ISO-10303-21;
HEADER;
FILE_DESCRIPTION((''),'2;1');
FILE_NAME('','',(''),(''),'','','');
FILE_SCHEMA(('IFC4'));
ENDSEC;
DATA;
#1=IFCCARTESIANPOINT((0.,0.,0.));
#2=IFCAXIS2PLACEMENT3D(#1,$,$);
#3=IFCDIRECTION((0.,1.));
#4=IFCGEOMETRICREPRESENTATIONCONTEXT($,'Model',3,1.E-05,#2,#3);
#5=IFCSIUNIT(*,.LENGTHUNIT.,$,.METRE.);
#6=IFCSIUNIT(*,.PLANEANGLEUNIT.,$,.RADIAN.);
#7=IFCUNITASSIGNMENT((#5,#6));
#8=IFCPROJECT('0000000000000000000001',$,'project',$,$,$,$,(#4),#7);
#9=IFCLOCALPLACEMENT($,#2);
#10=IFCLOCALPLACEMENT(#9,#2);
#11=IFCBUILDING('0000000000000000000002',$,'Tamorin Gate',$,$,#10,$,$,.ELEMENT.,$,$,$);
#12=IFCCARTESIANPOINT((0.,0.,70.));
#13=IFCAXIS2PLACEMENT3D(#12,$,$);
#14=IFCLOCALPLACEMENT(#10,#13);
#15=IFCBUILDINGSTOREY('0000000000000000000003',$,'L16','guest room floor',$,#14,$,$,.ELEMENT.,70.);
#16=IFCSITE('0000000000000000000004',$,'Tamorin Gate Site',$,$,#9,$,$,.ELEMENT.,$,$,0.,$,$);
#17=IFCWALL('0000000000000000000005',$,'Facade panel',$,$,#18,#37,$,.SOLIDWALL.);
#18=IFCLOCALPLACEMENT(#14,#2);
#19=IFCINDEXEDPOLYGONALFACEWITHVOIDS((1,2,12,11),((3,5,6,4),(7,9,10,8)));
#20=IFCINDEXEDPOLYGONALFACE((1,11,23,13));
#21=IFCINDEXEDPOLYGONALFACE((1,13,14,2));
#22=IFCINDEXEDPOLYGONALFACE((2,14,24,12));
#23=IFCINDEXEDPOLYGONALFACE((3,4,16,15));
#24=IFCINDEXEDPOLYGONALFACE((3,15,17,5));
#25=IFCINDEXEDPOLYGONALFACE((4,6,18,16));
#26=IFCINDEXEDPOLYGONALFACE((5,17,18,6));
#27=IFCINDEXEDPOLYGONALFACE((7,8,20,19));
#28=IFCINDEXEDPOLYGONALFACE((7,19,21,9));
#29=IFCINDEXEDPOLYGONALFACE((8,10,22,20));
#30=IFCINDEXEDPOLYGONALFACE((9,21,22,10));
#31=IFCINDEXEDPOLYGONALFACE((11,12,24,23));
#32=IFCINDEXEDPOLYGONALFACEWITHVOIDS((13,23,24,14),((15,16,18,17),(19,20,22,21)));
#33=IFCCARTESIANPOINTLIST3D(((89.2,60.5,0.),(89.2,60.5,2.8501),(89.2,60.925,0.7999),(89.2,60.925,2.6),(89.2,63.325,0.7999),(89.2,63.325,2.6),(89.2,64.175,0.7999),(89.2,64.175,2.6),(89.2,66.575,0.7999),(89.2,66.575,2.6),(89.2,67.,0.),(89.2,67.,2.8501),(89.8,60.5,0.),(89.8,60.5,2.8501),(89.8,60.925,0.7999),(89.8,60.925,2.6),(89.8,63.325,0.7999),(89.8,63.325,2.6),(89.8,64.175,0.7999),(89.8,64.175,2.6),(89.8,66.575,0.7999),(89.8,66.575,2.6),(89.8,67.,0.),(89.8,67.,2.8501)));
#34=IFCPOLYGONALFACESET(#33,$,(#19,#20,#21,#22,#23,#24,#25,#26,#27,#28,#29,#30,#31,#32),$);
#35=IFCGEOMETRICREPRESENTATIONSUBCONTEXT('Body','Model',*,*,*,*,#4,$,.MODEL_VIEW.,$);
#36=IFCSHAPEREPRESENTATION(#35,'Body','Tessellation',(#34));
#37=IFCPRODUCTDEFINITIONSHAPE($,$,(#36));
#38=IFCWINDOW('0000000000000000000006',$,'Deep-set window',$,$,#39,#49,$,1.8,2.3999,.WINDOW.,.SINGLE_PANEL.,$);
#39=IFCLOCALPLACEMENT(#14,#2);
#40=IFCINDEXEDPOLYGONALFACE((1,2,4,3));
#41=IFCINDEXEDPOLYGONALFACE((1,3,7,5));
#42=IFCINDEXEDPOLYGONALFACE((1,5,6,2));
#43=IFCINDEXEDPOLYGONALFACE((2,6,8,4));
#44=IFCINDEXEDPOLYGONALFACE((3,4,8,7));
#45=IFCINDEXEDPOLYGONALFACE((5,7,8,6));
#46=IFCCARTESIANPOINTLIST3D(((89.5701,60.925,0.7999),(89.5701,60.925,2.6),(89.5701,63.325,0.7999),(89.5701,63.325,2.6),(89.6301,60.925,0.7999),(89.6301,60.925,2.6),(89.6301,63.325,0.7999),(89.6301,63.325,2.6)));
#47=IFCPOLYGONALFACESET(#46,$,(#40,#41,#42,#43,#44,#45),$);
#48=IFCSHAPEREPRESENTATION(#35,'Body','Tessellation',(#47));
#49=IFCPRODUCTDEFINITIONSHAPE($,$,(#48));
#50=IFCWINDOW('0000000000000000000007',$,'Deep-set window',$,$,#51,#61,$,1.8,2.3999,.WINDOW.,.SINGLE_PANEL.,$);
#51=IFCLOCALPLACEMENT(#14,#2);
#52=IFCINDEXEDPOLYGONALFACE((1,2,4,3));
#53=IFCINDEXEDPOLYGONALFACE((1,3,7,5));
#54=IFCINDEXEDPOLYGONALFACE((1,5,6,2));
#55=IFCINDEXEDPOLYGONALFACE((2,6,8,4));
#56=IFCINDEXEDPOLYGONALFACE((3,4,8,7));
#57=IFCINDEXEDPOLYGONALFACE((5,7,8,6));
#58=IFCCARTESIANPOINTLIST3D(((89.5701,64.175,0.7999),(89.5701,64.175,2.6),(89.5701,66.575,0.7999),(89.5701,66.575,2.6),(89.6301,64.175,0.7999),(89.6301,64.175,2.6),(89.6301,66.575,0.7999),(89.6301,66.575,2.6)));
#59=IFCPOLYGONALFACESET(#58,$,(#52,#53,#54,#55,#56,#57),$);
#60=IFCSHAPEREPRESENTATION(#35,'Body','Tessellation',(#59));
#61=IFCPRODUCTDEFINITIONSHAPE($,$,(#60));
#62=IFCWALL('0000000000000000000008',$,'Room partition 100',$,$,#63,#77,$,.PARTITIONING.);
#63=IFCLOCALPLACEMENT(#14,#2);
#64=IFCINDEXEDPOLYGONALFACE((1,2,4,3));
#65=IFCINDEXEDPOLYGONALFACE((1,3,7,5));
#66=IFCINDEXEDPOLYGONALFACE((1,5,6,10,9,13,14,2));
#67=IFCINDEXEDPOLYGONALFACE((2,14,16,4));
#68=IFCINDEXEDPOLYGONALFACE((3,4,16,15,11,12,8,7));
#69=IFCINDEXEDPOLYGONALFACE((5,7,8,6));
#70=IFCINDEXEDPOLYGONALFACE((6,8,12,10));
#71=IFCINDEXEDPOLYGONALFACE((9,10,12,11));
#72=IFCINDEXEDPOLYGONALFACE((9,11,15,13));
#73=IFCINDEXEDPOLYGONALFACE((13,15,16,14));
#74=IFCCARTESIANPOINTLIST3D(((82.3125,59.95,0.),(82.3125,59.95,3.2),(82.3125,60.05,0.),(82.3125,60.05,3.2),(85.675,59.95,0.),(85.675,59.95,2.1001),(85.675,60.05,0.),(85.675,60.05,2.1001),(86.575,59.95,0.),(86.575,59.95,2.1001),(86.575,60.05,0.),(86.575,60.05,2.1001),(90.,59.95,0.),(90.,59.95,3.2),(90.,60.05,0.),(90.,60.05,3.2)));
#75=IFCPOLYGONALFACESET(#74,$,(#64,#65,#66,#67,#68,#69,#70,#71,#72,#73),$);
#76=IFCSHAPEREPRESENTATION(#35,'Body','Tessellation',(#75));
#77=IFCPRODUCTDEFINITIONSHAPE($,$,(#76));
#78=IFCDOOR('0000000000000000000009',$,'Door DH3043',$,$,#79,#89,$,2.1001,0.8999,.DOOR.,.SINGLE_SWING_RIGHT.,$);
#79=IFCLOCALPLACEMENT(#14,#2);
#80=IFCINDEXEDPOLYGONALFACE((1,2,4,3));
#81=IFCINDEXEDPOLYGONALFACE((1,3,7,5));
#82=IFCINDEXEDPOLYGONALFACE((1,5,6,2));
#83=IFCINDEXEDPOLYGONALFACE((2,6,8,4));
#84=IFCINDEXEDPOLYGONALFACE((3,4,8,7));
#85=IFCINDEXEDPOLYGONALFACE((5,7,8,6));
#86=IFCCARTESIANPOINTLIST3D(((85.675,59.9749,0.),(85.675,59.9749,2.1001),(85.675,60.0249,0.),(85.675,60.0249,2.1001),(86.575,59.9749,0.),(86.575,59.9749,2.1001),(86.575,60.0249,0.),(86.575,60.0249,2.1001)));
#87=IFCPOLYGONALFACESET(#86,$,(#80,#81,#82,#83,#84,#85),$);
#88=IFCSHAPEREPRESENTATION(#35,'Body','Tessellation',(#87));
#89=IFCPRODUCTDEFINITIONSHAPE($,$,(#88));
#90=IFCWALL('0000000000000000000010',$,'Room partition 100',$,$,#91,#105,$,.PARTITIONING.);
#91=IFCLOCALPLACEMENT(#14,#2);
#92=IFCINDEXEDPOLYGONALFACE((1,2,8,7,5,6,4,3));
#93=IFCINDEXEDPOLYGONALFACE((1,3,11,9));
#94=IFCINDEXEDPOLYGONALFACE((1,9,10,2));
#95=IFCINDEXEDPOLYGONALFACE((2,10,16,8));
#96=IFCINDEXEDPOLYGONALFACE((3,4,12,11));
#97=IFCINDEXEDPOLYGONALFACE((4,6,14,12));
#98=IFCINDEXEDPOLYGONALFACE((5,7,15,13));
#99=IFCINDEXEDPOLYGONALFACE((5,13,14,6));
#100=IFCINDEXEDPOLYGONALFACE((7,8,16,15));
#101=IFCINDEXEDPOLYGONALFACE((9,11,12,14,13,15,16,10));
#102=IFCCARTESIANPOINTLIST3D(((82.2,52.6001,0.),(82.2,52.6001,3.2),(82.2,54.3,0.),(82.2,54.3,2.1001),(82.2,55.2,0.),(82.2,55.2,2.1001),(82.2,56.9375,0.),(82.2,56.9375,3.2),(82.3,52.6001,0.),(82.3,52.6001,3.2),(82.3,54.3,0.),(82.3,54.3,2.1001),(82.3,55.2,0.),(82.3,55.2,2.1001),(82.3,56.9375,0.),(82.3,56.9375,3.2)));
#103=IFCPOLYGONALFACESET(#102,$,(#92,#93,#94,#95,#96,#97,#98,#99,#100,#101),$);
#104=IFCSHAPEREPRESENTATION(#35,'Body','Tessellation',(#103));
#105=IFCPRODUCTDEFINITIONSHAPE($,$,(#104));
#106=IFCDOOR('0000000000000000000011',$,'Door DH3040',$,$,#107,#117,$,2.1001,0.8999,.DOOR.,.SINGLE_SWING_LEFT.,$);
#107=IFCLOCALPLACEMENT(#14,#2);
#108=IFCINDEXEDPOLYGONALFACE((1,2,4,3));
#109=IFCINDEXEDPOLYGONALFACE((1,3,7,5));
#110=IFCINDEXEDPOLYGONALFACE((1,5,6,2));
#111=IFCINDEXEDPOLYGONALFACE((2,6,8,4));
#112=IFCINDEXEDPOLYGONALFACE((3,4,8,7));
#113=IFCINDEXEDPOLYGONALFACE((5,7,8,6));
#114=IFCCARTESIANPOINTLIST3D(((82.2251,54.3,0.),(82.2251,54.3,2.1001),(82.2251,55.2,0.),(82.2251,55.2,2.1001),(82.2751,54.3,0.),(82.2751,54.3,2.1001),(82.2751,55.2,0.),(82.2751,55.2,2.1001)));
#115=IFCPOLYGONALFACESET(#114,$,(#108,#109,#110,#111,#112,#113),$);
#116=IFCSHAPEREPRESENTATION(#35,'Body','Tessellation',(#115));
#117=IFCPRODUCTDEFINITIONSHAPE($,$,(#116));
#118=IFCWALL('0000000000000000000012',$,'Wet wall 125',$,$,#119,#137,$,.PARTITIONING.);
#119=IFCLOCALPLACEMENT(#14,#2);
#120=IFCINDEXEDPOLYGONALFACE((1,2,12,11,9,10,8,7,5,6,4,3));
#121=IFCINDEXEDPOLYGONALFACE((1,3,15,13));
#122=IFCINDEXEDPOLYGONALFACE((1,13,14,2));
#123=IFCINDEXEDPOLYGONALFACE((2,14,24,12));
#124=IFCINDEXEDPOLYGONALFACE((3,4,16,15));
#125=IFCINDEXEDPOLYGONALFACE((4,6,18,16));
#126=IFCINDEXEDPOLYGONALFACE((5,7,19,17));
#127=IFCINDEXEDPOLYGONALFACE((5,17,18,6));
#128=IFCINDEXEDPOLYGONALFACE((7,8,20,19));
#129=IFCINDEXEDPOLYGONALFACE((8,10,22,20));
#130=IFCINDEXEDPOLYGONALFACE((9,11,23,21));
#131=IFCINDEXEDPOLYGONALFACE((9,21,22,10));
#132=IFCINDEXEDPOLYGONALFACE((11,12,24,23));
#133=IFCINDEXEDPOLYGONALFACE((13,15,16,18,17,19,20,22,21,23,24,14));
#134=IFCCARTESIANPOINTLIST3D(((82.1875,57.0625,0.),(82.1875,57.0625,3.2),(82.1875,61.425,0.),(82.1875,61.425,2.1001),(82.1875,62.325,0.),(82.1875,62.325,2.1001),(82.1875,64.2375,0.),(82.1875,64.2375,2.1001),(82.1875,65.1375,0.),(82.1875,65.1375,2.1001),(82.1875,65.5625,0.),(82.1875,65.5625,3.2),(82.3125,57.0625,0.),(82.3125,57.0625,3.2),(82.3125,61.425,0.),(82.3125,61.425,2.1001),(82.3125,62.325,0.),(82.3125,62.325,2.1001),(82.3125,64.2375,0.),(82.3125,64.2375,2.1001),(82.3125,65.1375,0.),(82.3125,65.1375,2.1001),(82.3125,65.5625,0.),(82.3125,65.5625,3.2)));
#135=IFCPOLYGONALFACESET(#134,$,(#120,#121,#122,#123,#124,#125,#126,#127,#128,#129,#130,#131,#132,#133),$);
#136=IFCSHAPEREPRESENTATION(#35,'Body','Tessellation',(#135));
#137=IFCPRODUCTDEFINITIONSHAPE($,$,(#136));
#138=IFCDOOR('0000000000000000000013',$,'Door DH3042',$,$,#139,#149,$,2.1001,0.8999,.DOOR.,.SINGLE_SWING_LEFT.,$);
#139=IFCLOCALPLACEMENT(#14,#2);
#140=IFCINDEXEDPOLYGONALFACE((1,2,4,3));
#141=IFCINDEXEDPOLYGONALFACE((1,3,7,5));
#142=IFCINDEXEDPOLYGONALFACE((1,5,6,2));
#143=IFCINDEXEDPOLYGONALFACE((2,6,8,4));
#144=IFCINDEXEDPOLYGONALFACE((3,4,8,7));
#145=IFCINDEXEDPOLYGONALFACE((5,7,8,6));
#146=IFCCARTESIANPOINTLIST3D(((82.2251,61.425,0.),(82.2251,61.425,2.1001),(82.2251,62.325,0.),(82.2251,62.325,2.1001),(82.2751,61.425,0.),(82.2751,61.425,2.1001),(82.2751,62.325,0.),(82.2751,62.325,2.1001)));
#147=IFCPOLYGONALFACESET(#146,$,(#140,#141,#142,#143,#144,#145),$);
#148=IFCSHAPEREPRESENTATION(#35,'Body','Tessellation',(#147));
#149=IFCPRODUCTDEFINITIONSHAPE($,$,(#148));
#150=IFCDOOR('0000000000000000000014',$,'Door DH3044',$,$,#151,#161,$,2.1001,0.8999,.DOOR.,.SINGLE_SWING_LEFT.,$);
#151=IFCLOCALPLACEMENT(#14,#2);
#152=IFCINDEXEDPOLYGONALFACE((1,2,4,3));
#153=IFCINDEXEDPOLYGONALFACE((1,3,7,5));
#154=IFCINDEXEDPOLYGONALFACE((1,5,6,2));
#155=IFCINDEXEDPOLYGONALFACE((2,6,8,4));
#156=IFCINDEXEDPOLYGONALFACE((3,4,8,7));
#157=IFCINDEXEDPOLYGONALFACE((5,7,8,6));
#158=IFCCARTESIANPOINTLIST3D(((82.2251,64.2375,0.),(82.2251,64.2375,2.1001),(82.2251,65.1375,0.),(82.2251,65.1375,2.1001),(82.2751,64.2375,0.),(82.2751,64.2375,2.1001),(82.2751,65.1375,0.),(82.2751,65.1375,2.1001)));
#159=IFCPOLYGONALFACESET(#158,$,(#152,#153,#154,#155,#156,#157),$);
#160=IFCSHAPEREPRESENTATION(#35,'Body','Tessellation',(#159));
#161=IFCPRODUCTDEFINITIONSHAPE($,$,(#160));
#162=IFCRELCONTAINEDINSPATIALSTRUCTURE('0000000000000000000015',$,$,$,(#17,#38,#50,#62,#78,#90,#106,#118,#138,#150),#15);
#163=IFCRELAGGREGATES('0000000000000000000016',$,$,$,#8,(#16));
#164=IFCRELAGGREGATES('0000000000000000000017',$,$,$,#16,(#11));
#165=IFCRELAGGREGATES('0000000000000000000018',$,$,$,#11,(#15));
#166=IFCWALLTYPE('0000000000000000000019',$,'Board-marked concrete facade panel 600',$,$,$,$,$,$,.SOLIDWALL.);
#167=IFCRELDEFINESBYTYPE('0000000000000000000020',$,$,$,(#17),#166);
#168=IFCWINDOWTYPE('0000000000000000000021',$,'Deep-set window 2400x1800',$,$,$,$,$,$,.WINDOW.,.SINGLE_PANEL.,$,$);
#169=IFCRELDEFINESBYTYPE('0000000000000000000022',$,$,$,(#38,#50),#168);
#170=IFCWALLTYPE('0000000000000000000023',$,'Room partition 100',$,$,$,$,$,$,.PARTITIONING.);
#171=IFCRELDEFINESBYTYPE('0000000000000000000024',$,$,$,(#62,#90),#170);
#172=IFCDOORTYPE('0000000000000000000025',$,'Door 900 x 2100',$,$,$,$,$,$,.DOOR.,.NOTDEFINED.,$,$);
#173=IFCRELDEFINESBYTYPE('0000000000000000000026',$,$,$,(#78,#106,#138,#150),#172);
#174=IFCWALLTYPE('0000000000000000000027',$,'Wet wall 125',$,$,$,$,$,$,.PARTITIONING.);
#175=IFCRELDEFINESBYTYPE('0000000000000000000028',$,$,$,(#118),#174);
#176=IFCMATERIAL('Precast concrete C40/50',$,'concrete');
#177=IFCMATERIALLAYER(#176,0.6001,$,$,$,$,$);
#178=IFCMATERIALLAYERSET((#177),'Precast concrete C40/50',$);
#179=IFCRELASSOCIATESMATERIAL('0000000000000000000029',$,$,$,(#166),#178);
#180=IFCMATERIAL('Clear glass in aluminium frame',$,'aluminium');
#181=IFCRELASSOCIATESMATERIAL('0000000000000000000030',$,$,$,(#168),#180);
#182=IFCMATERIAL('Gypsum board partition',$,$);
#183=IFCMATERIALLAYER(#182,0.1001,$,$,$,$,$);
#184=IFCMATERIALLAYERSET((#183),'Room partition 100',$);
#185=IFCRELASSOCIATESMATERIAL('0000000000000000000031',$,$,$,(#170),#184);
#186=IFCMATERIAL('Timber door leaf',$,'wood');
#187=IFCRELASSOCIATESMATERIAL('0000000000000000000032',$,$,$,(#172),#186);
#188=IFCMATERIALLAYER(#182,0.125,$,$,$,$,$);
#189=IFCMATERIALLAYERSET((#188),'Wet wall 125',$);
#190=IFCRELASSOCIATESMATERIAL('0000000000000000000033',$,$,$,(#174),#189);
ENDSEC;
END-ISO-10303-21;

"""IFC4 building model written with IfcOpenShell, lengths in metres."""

from ifc_helpers import new_model, si_unit, direction, frame, frame_2d, origin, place, context, subcontext, project, spatial, rectangle, extrude, material, layer, layer_set, type_object, element, fill, save


model = new_model("IFC4")

# Units and contexts
model_context = context("Model", 3, precision=1e-05, world=origin(), true_north=direction((0.0, 1.0)))
body_context = subcontext(model_context, "Body", "Model", "MODEL_VIEW")
ifc_project = project(units=[si_unit("LENGTHUNIT", "METRE"), si_unit("PLANEANGLEUNIT", "RADIAN")], contexts=[model_context])

# Site, building, storey
site_placement = place(None, origin())
site = spatial("IfcSite", under=ifc_project, at=site_placement, Name="Tamorin Gate Site", CompositionType="ELEMENT", RefElevation=0.0)
building_placement = place(site_placement, origin())
building = spatial("IfcBuilding", under=site, at=building_placement, Name="Tamorin Gate", CompositionType="ELEMENT")
storey_placement = place(building_placement, frame((0.0, 0.0, 70.0)))
storey = spatial("IfcBuildingStorey", under=building, at=storey_placement, Name="L16", Description="guest room floor", CompositionType="ELEMENT", Elevation=70.0)

# Wall, openings, windows
ifc_material_1 = material(Name="Precast concrete C40/50", Category="concrete")
ifc_layer_1 = layer(ifc_material_1, 0.6001)
ifc_layer_set_1 = layer_set([ifc_layer_1], Name="Precast concrete C40/50")
wall_type_1 = type_object("IfcWallType", Name="Board-marked concrete facade panel 600", PredefinedType="SOLIDWALL", material=ifc_layer_set_1)
ifc_material_2 = material(Name="Clear glass in aluminium frame", Category="aluminium")
window_type = type_object("IfcWindowType", Name="Deep-set window 2400x1800", PartitioningType="SINGLE_PANEL", PredefinedType="WINDOW", material=ifc_material_2)
wall_1_placement = place(storey_placement, frame((89.5, 60.5, 0.0), z_axis=(0.0, 0.0, 1.0), x_axis=(0.0, 1.0, 0.0)))
wall_1 = element("IfcWall", 1, at=wall_1_placement, inside=storey, type_object=wall_type_1, Name="Facade panel", PredefinedType="SOLIDWALL", context=body_context, shape_type="SweptSolid", body=[
    extrude(rectangle(XDim=6.5, YDim=0.6001, at=frame_2d((3.25, 0.0))), origin(), (0.0, 0.0, 1.0), 2.8501),
])
opening_1_placement = place(wall_1_placement, frame((0.425, 0.0, 0.8)))
opening_1 = element("IfcOpeningElement", 2, at=opening_1_placement, cuts=wall_1, PredefinedType="OPENING", context=body_context, shape_type="SweptSolid", body=[
    extrude(rectangle(XDim=2.3999, YDim=1.8, at=frame_2d((1.2, 0.8999))), frame((0.0, 0.3101, 0.0), z_axis=(0.0, -1.0, 0.0), x_axis=(1.0, 0.0, 0.0)), (0.0, 0.0, 1.0), 0.6201),
])
opening_2_placement = place(wall_1_placement, frame((3.675, 0.0, 0.8)))
opening_2 = element("IfcOpeningElement", 3, at=opening_2_placement, cuts=wall_1, PredefinedType="OPENING", context=body_context, shape_type="SweptSolid", body=[
    extrude(rectangle(XDim=2.3999, YDim=1.8, at=frame_2d((1.2, 0.8999))), frame((0.0, 0.3101, 0.0), z_axis=(0.0, -1.0, 0.0), x_axis=(1.0, 0.0, 0.0)), (0.0, 0.0, 1.0), 0.6201),
])
window_1_placement = place(opening_1_placement, origin())
window_1 = element("IfcWindow", 4, at=window_1_placement, inside=storey, type_object=window_type, Name="Deep-set window", OverallHeight=1.8, OverallWidth=2.3999, PartitioningType="SINGLE_PANEL", PredefinedType="WINDOW", context=body_context, shape_type="SweptSolid", body=[
    extrude(rectangle(XDim=2.3999, YDim=1.8, at=frame_2d((1.2, 0.8999))), frame((0.0, -0.0701, 0.0), z_axis=(0.0, -1.0, 0.0), x_axis=(1.0, 0.0, 0.0)), (0.0, 0.0, 1.0), 0.0601),
])
fill(opening_1, window_1)
window_2_placement = place(opening_2_placement, origin())
window_2 = element("IfcWindow", 5, at=window_2_placement, inside=storey, type_object=window_type, Name="Deep-set window", OverallHeight=1.8, OverallWidth=2.3999, PartitioningType="SINGLE_PANEL", PredefinedType="WINDOW", context=body_context, shape_type="SweptSolid", body=[
    extrude(rectangle(XDim=2.3999, YDim=1.8, at=frame_2d((1.2, 0.8999))), frame((0.0, -0.0701, 0.0), z_axis=(0.0, -1.0, 0.0), x_axis=(1.0, 0.0, 0.0)), (0.0, 0.0, 1.0), 0.0601),
])
fill(opening_2, window_2)

# Walls, openings, doors
ifc_material_3 = material(Name="Gypsum board partition")
ifc_layer_2 = layer(ifc_material_3, 0.1001)
ifc_layer_set_2 = layer_set([ifc_layer_2], Name="Room partition 100")
wall_type_2 = type_object("IfcWallType", Name="Room partition 100", PredefinedType="PARTITIONING", material=ifc_layer_set_2)
wall_2_placement = place(storey_placement, frame((82.3125, 60.0, 0.0), z_axis=(0.0, 0.0, 1.0), x_axis=(1.0, 0.0, 0.0)))
wall_2 = element("IfcWall", 6, at=wall_2_placement, inside=storey, type_object=wall_type_2, Name="Room partition 100", PredefinedType="PARTITIONING", context=body_context, shape_type="SweptSolid", body=[
    extrude(rectangle(XDim=7.6875, YDim=0.1001, at=frame_2d((3.8438, 0.0))), origin(), (0.0, 0.0, 1.0), 3.2),
])
opening_3_placement = place(wall_2_placement, frame((3.3625, 0.0, 0.0)))
opening_3 = element("IfcOpeningElement", 7, at=opening_3_placement, cuts=wall_2, PredefinedType="OPENING", context=body_context, shape_type="SweptSolid", body=[
    extrude(rectangle(XDim=0.8999, YDim=2.1001, at=frame_2d((0.45, 1.05))), frame((0.0, 0.0601, 0.0), z_axis=(0.0, -1.0, 0.0), x_axis=(1.0, 0.0, 0.0)), (0.0, 0.0, 1.0), 0.1201),
])
ifc_material_4 = material(Name="Timber door leaf", Category="wood")
door_type = type_object("IfcDoorType", Name="Door 900 x 2100", OperationType="NOTDEFINED", PredefinedType="DOOR", material=ifc_material_4)
door_1_placement = place(opening_3_placement, origin())
door_1 = element("IfcDoor", 8, at=door_1_placement, inside=storey, type_object=door_type, Name="Door DH3043", OperationType="SINGLE_SWING_RIGHT", OverallHeight=2.1001, OverallWidth=0.8999, PredefinedType="DOOR", context=body_context, shape_type="SweptSolid", body=[
    extrude(rectangle(XDim=0.8999, YDim=2.1001, at=frame_2d((0.45, 1.05))), frame((0.0, 0.0249, 0.0), z_axis=(0.0, -1.0, 0.0), x_axis=(1.0, 0.0, 0.0)), (0.0, 0.0, 1.0), 0.05),
])
fill(opening_3, door_1)
wall_3_placement = place(storey_placement, frame((82.25, 52.6001, 0.0), z_axis=(0.0, 0.0, 1.0), x_axis=(0.0, 1.0, 0.0)))
wall_3 = element("IfcWall", 9, at=wall_3_placement, inside=storey, type_object=wall_type_2, Name="Room partition 100", PredefinedType="PARTITIONING", context=body_context, shape_type="SweptSolid", body=[
    extrude(rectangle(XDim=4.3374, YDim=0.1001, at=frame_2d((2.1687, 0.0))), origin(), (0.0, 0.0, 1.0), 3.2),
])
opening_4_placement = place(wall_3_placement, frame((1.7, 0.0, 0.0)))
opening_4 = element("IfcOpeningElement", 10, at=opening_4_placement, cuts=wall_3, PredefinedType="OPENING", context=body_context, shape_type="SweptSolid", body=[
    extrude(rectangle(XDim=0.8999, YDim=2.1001, at=frame_2d((0.45, 1.05))), frame((0.0, 0.0601, 0.0), z_axis=(0.0, -1.0, 0.0), x_axis=(1.0, 0.0, 0.0)), (0.0, 0.0, 1.0), 0.1201),
])
door_2_placement = place(opening_4_placement, origin())
door_2 = element("IfcDoor", 11, at=door_2_placement, inside=storey, type_object=door_type, Name="Door DH3040", OperationType="SINGLE_SWING_LEFT", OverallHeight=2.1001, OverallWidth=0.8999, PredefinedType="DOOR", context=body_context, shape_type="SweptSolid", body=[
    extrude(rectangle(XDim=0.8999, YDim=2.1001, at=frame_2d((0.45, 1.05))), frame((0.0, 0.0249, 0.0), z_axis=(0.0, -1.0, 0.0), x_axis=(1.0, 0.0, 0.0)), (0.0, 0.0, 1.0), 0.05),
])
fill(opening_4, door_2)

# Wall, openings, doors
ifc_layer_3 = layer(ifc_material_3, 0.125)
ifc_layer_set_3 = layer_set([ifc_layer_3], Name="Wet wall 125")
wall_type_3 = type_object("IfcWallType", Name="Wet wall 125", PredefinedType="PARTITIONING", material=ifc_layer_set_3)
wall_4_placement = place(storey_placement, frame((82.25, 57.0625, 0.0), z_axis=(0.0, 0.0, 1.0), x_axis=(0.0, 1.0, 0.0)))
wall_4 = element("IfcWall", 12, at=wall_4_placement, inside=storey, type_object=wall_type_3, Name="Wet wall 125", PredefinedType="PARTITIONING", context=body_context, shape_type="SweptSolid", body=[
    extrude(rectangle(XDim=8.5, YDim=0.125, at=frame_2d((4.25, 0.0))), origin(), (0.0, 0.0, 1.0), 3.2),
])
opening_5_placement = place(wall_4_placement, frame((4.3625, 0.0, 0.0)))
opening_5 = element("IfcOpeningElement", 13, at=opening_5_placement, cuts=wall_4, PredefinedType="OPENING", context=body_context, shape_type="SweptSolid", body=[
    extrude(rectangle(XDim=0.8999, YDim=2.1001, at=frame_2d((0.45, 1.05))), frame((0.0, 0.0725, 0.0), z_axis=(0.0, -1.0, 0.0), x_axis=(1.0, 0.0, 0.0)), (0.0, 0.0, 1.0), 0.145),
])
opening_6_placement = place(wall_4_placement, frame((7.175, 0.0, 0.0)))
opening_6 = element("IfcOpeningElement", 14, at=opening_6_placement, cuts=wall_4, PredefinedType="OPENING", context=body_context, shape_type="SweptSolid", body=[
    extrude(rectangle(XDim=0.8999, YDim=2.1001, at=frame_2d((0.45, 1.05))), frame((0.0, 0.0725, 0.0), z_axis=(0.0, -1.0, 0.0), x_axis=(1.0, 0.0, 0.0)), (0.0, 0.0, 1.0), 0.145),
])
door_3_placement = place(opening_5_placement, origin())
door_3 = element("IfcDoor", 15, at=door_3_placement, inside=storey, type_object=door_type, Name="Door DH3042", OperationType="SINGLE_SWING_LEFT", OverallHeight=2.1001, OverallWidth=0.8999, PredefinedType="DOOR", context=body_context, shape_type="SweptSolid", body=[
    extrude(rectangle(XDim=0.8999, YDim=2.1001, at=frame_2d((0.45, 1.05))), frame((0.0, 0.0249, 0.0), z_axis=(0.0, -1.0, 0.0), x_axis=(1.0, 0.0, 0.0)), (0.0, 0.0, 1.0), 0.05),
])
fill(opening_5, door_3)
door_4_placement = place(opening_6_placement, origin())
door_4 = element("IfcDoor", 16, at=door_4_placement, inside=storey, type_object=door_type, Name="Door DH3044", OperationType="SINGLE_SWING_LEFT", OverallHeight=2.1001, OverallWidth=0.8999, PredefinedType="DOOR", context=body_context, shape_type="SweptSolid", body=[
    extrude(rectangle(XDim=0.8999, YDim=2.1001, at=frame_2d((0.45, 1.05))), frame((0.0, 0.0249, 0.0), z_axis=(0.0, -1.0, 0.0), x_axis=(1.0, 0.0, 0.0)), (0.0, 0.0, 1.0), 0.05),
])
fill(opening_6, door_4)

save(model, "model.ifc")
